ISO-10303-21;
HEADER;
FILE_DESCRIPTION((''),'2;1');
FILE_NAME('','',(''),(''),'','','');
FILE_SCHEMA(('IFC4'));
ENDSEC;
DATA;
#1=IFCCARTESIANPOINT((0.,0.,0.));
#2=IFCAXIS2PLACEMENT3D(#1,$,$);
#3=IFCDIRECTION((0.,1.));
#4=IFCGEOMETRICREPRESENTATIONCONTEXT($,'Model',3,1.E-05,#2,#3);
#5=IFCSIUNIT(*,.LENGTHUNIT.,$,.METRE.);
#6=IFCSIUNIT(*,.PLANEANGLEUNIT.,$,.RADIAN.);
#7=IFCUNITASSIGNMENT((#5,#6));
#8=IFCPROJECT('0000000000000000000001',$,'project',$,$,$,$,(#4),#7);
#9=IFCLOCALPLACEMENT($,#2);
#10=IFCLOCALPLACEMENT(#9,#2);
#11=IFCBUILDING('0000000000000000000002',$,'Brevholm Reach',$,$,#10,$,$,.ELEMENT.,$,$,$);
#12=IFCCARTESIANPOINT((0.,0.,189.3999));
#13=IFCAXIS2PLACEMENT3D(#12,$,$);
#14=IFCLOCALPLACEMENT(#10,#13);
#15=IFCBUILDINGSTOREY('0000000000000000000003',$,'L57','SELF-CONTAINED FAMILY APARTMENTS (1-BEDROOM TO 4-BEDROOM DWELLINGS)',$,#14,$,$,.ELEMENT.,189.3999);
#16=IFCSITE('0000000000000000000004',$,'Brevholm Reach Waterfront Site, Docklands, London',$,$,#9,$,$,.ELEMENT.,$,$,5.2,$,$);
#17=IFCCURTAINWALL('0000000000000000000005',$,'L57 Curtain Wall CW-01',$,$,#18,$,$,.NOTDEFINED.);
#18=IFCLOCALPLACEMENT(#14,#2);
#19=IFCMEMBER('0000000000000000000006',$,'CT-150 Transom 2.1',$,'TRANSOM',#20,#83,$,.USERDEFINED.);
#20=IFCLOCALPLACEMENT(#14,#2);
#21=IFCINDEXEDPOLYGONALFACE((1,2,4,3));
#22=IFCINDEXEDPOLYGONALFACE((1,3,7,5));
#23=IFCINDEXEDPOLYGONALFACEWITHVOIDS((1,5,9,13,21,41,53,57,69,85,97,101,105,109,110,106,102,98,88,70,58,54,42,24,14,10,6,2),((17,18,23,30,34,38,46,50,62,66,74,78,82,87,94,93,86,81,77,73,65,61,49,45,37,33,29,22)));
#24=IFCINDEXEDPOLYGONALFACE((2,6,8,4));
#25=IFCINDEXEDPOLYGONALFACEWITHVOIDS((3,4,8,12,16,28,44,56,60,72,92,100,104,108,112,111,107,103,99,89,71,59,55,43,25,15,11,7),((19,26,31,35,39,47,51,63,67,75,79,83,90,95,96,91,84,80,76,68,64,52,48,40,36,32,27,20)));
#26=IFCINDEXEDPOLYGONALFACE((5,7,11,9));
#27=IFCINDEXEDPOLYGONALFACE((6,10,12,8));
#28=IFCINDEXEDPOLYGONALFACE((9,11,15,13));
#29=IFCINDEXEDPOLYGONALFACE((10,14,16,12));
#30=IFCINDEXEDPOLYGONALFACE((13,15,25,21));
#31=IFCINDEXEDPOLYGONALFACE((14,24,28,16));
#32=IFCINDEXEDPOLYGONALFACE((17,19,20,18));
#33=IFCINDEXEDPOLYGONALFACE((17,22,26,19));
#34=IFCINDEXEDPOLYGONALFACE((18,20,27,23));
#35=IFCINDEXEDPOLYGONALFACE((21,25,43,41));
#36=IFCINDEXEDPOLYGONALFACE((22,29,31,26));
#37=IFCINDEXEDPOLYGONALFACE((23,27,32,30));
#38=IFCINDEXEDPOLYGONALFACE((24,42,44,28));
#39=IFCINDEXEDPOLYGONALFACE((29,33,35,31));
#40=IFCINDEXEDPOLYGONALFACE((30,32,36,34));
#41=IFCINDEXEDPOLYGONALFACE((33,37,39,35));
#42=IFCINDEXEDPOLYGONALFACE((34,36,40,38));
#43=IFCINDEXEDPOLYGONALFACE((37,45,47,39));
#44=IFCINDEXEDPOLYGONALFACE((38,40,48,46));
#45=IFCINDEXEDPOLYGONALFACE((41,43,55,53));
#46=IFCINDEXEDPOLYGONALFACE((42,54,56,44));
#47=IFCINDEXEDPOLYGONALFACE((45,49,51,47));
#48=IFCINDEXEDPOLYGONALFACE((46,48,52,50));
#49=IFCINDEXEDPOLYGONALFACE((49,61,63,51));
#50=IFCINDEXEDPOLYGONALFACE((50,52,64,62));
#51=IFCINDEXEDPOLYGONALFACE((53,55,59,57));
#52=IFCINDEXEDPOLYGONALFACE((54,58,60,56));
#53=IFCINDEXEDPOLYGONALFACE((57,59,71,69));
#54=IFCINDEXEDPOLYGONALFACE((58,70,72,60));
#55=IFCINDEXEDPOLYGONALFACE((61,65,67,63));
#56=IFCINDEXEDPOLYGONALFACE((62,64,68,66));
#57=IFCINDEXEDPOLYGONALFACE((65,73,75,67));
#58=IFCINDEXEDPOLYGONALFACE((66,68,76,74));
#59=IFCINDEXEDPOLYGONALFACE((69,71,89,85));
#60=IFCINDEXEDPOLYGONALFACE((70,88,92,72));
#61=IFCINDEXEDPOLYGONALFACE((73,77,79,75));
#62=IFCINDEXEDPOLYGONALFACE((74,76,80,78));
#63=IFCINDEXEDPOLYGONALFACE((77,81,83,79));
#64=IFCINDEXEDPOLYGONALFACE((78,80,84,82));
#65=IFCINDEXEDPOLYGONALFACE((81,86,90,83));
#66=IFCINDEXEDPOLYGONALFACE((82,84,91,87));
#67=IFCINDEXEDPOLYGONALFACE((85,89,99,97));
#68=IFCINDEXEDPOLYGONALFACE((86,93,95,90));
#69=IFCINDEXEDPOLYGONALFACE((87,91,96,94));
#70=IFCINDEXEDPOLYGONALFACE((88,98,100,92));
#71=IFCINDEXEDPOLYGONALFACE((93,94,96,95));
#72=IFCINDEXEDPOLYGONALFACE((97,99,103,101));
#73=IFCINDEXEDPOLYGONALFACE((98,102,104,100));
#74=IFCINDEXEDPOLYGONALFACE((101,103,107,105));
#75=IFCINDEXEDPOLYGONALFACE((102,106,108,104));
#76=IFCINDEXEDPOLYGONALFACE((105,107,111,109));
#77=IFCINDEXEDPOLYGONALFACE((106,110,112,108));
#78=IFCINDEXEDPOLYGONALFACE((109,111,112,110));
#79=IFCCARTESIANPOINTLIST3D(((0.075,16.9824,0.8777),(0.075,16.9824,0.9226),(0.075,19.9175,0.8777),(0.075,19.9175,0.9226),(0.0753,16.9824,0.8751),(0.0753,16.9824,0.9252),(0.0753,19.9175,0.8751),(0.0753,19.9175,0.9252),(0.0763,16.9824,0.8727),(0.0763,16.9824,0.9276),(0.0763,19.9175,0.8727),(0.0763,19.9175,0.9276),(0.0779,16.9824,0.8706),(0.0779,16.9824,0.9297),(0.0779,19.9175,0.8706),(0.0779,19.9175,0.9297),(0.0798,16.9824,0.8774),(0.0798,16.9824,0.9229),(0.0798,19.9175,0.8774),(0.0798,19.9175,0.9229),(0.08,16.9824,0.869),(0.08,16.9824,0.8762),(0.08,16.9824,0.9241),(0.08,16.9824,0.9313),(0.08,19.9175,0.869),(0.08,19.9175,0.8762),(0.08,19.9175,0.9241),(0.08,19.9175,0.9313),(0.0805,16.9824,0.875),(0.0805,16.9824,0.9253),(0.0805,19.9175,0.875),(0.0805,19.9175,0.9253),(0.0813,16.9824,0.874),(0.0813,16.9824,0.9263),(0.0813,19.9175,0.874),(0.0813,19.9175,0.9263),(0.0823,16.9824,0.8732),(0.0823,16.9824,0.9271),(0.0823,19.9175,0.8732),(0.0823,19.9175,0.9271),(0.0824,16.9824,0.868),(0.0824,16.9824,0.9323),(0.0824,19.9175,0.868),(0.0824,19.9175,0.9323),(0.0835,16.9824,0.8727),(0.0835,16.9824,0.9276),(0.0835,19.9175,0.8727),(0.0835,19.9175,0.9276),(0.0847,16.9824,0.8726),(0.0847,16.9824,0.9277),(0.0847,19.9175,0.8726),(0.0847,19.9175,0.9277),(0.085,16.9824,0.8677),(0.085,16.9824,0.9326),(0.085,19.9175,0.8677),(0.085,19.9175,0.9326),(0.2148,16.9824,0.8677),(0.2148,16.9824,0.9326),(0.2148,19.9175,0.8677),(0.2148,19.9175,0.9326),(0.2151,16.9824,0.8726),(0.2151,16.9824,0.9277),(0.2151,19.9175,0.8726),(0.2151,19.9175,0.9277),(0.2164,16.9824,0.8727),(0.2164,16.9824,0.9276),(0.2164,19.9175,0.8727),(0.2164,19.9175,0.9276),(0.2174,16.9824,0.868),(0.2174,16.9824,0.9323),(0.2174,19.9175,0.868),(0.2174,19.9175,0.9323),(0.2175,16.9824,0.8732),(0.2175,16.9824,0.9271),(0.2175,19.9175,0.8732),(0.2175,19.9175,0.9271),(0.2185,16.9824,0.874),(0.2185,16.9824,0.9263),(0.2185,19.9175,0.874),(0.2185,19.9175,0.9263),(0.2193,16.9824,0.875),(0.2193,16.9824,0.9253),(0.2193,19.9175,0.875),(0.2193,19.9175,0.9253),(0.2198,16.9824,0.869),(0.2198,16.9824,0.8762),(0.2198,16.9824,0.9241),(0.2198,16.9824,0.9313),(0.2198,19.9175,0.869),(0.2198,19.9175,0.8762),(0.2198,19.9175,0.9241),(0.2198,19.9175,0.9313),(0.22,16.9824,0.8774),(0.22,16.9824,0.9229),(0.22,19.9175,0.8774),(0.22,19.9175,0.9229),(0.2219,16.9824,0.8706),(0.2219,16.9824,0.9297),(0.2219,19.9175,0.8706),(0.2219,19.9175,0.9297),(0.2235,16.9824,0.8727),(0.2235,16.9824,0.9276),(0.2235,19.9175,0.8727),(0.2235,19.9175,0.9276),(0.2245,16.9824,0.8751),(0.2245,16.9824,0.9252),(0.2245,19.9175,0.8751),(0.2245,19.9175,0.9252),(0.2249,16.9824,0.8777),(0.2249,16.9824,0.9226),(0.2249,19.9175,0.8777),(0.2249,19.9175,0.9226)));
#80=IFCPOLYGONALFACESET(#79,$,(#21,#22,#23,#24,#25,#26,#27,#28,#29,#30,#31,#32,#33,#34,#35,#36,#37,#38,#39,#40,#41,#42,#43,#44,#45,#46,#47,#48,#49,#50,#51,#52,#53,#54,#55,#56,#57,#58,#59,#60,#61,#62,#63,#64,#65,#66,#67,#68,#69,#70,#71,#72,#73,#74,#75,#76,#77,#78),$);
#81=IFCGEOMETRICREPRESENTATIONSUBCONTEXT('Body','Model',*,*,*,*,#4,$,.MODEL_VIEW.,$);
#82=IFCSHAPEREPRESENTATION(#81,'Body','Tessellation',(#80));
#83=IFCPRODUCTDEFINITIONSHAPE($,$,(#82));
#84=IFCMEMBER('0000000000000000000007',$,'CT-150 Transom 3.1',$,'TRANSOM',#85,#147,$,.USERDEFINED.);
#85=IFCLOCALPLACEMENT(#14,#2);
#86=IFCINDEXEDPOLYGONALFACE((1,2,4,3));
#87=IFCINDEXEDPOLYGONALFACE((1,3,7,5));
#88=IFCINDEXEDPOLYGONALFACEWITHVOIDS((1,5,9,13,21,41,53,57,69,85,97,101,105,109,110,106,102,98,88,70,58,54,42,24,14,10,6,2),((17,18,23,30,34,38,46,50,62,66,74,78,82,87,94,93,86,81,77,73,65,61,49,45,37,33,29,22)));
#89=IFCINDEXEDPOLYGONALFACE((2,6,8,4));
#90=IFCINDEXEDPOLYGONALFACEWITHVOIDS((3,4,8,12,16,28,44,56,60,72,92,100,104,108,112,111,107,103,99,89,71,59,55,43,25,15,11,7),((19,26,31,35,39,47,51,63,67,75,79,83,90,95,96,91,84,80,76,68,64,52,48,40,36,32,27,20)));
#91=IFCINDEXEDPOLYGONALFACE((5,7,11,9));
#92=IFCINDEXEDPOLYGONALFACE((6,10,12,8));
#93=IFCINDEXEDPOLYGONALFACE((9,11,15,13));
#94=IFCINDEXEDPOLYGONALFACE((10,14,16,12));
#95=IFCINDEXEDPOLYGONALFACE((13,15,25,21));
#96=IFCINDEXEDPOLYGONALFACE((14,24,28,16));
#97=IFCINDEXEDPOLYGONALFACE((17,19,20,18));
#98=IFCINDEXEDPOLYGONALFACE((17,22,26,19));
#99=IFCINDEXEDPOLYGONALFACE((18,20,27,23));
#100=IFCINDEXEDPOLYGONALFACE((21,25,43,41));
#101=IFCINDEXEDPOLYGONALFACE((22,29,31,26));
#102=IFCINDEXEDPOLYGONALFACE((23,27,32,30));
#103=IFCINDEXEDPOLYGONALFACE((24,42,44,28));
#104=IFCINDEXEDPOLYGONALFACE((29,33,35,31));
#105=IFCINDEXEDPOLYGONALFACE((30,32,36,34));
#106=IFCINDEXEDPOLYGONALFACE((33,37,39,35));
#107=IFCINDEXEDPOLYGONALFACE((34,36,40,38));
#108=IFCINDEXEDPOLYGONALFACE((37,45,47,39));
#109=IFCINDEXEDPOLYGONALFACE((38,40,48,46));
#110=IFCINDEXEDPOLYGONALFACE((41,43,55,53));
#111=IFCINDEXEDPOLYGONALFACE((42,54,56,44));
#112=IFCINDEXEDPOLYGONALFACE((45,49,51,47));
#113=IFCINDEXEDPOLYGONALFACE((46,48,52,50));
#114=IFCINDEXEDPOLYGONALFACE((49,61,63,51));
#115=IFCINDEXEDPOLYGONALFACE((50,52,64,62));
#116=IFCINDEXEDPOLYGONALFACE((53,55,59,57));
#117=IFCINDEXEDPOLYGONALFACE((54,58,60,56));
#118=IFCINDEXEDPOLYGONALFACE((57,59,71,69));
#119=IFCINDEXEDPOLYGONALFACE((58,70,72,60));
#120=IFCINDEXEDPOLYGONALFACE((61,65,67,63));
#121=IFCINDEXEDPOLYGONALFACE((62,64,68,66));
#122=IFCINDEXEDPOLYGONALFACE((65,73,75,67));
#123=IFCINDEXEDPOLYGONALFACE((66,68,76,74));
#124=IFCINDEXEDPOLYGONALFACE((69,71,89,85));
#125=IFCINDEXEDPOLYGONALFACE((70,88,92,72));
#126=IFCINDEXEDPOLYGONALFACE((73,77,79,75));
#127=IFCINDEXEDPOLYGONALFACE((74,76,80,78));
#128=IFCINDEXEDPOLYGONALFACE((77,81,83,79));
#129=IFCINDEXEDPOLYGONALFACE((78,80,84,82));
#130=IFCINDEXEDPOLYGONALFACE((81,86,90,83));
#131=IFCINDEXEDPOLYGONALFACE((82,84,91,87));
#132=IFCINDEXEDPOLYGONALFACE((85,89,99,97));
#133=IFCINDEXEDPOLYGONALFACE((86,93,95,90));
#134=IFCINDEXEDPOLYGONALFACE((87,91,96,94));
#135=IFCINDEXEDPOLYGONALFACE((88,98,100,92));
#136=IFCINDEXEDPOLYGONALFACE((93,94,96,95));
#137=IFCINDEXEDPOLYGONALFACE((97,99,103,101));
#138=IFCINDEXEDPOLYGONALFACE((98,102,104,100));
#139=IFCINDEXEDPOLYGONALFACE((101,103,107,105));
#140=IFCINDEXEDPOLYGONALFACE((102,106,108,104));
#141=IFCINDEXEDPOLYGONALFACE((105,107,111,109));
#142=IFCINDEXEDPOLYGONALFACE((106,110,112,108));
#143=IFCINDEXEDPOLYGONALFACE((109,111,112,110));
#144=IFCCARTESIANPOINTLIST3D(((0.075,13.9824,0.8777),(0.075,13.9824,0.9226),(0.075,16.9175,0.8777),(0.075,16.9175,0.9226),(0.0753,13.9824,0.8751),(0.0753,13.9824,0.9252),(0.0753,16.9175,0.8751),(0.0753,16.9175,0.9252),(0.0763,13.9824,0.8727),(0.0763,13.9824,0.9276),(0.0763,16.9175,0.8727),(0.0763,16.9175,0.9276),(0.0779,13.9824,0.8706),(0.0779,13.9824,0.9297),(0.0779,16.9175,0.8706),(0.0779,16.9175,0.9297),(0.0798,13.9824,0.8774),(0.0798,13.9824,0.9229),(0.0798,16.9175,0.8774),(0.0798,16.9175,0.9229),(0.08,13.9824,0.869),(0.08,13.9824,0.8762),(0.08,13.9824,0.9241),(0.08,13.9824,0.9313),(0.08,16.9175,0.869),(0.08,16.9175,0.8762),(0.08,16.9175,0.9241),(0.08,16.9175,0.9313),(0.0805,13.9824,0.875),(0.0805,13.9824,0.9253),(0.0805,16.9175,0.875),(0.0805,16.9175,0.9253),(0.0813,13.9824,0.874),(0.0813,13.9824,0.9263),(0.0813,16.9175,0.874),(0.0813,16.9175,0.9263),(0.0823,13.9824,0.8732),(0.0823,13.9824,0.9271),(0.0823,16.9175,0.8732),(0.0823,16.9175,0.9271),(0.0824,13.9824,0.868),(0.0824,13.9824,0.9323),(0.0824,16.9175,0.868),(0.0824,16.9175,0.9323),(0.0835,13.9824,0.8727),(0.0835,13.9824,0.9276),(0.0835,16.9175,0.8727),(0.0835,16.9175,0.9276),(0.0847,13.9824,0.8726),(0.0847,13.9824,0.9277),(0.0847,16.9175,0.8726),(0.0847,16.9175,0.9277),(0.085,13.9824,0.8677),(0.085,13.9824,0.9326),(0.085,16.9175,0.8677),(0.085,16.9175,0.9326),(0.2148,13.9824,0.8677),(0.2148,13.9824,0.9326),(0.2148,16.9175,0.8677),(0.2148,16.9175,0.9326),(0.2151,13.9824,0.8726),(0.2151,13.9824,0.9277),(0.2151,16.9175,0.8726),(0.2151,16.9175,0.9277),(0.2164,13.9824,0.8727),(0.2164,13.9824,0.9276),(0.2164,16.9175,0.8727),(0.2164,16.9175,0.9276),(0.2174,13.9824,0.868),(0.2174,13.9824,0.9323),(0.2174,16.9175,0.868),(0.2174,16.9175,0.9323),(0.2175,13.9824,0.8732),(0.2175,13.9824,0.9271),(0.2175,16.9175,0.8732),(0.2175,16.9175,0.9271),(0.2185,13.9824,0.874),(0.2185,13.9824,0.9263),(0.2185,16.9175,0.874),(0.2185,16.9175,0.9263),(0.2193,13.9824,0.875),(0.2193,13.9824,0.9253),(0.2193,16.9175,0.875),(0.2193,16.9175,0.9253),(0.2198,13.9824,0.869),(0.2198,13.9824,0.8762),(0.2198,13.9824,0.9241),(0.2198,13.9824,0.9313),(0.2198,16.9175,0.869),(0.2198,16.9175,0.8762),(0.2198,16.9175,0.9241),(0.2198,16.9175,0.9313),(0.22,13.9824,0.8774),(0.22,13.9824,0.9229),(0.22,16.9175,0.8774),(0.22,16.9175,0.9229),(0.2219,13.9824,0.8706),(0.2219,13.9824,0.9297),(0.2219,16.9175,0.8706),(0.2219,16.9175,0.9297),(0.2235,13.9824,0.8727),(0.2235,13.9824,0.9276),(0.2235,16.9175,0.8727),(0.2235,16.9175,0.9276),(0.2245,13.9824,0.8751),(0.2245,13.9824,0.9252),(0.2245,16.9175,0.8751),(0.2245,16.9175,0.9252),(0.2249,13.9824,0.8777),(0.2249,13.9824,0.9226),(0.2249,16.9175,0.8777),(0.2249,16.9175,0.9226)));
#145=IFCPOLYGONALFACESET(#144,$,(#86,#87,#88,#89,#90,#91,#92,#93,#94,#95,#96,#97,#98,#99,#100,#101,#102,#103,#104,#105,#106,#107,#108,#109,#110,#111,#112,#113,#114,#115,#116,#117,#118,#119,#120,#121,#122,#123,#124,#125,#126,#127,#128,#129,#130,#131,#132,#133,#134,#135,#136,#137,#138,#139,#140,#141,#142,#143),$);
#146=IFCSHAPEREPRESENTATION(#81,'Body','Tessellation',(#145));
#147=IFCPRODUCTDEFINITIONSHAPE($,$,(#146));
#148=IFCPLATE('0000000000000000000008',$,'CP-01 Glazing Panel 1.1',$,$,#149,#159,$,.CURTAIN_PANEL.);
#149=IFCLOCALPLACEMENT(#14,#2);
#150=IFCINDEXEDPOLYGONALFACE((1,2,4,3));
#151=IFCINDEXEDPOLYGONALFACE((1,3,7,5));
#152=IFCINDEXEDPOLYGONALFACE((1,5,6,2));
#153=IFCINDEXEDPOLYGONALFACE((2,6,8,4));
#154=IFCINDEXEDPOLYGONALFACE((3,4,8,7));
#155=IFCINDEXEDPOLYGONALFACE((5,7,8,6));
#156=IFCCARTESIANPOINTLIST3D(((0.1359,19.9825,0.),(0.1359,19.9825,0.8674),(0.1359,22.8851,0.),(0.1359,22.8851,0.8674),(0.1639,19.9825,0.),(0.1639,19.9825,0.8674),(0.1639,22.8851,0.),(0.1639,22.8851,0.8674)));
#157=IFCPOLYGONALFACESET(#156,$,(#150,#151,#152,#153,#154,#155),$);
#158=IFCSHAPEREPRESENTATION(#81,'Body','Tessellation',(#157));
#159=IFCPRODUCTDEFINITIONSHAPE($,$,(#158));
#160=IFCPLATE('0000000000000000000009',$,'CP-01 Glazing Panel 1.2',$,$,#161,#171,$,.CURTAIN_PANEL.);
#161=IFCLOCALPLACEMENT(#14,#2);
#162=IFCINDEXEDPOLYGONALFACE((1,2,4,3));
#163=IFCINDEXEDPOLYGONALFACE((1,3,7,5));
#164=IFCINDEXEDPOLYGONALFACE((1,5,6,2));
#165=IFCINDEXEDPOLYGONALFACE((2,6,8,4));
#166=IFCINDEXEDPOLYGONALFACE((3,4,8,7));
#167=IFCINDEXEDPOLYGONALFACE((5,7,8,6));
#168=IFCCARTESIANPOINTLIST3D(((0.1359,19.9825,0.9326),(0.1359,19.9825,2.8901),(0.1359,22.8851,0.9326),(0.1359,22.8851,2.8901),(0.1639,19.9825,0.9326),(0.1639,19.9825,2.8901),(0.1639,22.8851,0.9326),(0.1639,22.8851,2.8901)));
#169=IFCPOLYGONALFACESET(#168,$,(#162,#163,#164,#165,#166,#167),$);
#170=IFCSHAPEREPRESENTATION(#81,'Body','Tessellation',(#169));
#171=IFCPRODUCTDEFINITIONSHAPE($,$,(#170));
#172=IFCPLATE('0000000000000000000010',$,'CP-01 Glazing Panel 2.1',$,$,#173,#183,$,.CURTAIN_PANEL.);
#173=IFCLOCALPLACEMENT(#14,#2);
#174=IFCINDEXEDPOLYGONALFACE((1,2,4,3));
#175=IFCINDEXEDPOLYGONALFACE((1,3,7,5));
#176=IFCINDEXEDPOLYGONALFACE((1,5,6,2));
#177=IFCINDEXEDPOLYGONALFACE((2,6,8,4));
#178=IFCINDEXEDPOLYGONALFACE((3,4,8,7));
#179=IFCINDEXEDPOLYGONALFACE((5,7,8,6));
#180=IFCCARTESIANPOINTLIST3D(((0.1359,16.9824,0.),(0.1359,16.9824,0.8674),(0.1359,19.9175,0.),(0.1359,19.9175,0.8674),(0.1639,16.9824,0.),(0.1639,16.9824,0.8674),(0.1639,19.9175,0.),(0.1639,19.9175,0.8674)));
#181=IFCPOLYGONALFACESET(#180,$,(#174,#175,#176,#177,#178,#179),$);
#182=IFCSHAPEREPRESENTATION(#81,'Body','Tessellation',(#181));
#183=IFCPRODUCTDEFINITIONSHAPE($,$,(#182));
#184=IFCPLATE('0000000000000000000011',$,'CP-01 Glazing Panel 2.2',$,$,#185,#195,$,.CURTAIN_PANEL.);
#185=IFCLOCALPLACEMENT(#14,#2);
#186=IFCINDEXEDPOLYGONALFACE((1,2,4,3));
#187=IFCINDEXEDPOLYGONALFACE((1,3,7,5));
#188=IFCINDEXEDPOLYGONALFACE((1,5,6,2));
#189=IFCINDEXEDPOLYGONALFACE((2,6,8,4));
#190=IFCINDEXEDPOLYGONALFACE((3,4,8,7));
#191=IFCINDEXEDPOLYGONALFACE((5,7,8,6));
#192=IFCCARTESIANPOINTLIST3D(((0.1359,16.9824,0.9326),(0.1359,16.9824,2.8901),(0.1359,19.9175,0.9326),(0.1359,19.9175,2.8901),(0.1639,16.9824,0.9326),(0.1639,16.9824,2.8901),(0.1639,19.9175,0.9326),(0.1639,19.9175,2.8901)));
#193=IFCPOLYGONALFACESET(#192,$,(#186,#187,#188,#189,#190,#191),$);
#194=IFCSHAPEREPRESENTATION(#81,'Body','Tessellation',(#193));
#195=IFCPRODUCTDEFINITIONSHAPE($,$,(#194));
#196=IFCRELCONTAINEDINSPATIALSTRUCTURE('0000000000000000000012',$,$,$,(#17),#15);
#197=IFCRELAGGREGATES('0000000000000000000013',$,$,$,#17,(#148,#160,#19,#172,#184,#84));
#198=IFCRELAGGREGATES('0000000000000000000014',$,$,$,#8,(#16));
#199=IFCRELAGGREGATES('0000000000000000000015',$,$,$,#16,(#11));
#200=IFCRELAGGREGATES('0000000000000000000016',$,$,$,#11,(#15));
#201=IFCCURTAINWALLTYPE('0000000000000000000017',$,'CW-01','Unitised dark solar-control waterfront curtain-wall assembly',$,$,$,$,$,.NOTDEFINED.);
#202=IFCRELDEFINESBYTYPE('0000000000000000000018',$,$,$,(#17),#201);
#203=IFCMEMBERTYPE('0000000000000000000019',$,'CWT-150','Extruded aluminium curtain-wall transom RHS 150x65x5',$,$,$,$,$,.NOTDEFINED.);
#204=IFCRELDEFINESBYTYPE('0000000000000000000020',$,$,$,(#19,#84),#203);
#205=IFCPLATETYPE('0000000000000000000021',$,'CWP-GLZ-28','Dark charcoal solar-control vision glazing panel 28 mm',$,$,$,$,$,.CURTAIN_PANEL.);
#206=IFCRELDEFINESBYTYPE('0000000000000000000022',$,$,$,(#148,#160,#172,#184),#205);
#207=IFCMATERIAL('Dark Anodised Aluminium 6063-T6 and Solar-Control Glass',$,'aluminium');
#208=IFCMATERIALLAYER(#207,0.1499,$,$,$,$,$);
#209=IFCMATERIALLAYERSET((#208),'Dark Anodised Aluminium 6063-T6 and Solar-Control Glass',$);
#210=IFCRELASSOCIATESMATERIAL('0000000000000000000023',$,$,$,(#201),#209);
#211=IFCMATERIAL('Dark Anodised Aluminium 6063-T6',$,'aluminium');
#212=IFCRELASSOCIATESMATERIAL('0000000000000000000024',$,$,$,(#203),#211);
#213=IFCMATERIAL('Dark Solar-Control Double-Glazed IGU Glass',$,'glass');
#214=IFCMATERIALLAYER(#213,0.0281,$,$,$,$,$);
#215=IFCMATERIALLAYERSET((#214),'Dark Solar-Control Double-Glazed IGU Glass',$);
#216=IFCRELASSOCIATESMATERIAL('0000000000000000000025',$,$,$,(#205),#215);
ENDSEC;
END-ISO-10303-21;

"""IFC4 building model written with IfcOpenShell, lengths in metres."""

from ifc_helpers import new_model, si_unit, direction, frame, origin, origin_2d, place, context, subcontext, project, spatial, rectangle, hollow_rectangle, extrude, material, layer, layer_set, material_profile, profile_set, type_object, element, aggregate, save


model = new_model("IFC4")

# Units and contexts
model_context = context("Model", 3, precision=1e-05, world=origin(), true_north=direction((0.0, 1.0)))
body_context = subcontext(model_context, "Body", "Model", "MODEL_VIEW")
ifc_project = project(units=[si_unit("LENGTHUNIT", "METRE"), si_unit("PLANEANGLEUNIT", "RADIAN")], contexts=[model_context])

# Site, building, storey
site_placement = place(None, origin())
site = spatial("IfcSite", under=ifc_project, at=site_placement, Name="Brevholm Reach Waterfront Site, Docklands, London", CompositionType="ELEMENT", RefElevation=5.2)
building_placement = place(site_placement, origin())
building = spatial("IfcBuilding", under=site, at=building_placement, Name="Brevholm Reach", CompositionType="ELEMENT")
storey_placement = place(building_placement, frame((0.0, 0.0, 189.3999)))
storey = spatial("IfcBuildingStorey", under=building, at=storey_placement, Name="L57", Description="SELF-CONTAINED FAMILY APARTMENTS (1-BEDROOM TO 4-BEDROOM DWELLINGS)", CompositionType="ELEMENT", Elevation=189.3999)

# Curtain wall, members, plates
ifc_material_1 = material(Name="Dark Anodised Aluminium 6063-T6 and Solar-Control Glass", Category="aluminium")
ifc_layer_1 = layer(ifc_material_1, 0.1499)
ifc_layer_set_1 = layer_set([ifc_layer_1], Name="Dark Anodised Aluminium 6063-T6 and Solar-Control Glass")
curtain_wall_type = type_object("IfcCurtainWallType", Name="CW-01", Description="Unitised dark solar-control waterfront curtain-wall assembly", PredefinedType="NOTDEFINED", material=ifc_layer_set_1)
curtain_wall_placement = place(storey_placement, origin())
curtain_wall = element("IfcCurtainWall", 1, at=curtain_wall_placement, inside=storey, type_object=curtain_wall_type, Name="L57 Curtain Wall CW-01", PredefinedType="NOTDEFINED")
ifc_material_2 = material(Name="Dark Anodised Aluminium 6063-T6", Category="aluminium")
ifc_material_profile_1 = material_profile(ifc_material_2, hollow_rectangle(XDim=0.0649, YDim=0.1499, WallThickness=0.0049, InnerFilletRadius=0.0049, OuterFilletRadius=0.01, at=origin_2d()), Name="RHS 150x65x5")
ifc_profile_set_1 = profile_set([ifc_material_profile_1], Name="Dark Anodised Aluminium 6063-T6")
member_type_1 = type_object("IfcMemberType", Name="CWT-150", Description="Extruded aluminium curtain-wall transom RHS 150x65x5", PredefinedType="NOTDEFINED", material=ifc_profile_set_1)
member_1_placement = place(storey_placement, frame((0.1499, 19.9175, 0.9001), z_axis=(0.0, -1.0, 0.0), x_axis=(0.0, 0.0, 1.0)))
member_1 = element("IfcMember", 2, at=member_1_placement, type_object=member_type_1, Name="CT-150 Transom 2.1", ObjectType="TRANSOM", PredefinedType="USERDEFINED", context=body_context, shape_type="SweptSolid", body=[
    extrude(hollow_rectangle(XDim=0.0649, YDim=0.1499, WallThickness=0.0049, InnerFilletRadius=0.0049, OuterFilletRadius=0.01, at=origin_2d()), origin(), (0.0, 0.0, 1.0), 2.9351),
])
member_2_placement = place(storey_placement, frame((0.1499, 16.9175, 0.9001), z_axis=(0.0, -1.0, 0.0), x_axis=(0.0, 0.0, 1.0)))
member_2 = element("IfcMember", 3, at=member_2_placement, type_object=member_type_1, Name="CT-150 Transom 3.1", ObjectType="TRANSOM", PredefinedType="USERDEFINED", context=body_context, shape_type="SweptSolid", body=[
    extrude(hollow_rectangle(XDim=0.0649, YDim=0.1499, WallThickness=0.0049, InnerFilletRadius=0.0049, OuterFilletRadius=0.01, at=origin_2d()), origin(), (0.0, 0.0, 1.0), 2.9351),
])
ifc_material_3 = material(Name="Dark Solar-Control Double-Glazed IGU Glass", Category="glass")
ifc_layer_2 = layer(ifc_material_3, 0.0281)
ifc_layer_set_2 = layer_set([ifc_layer_2], Name="Dark Solar-Control Double-Glazed IGU Glass")
plate_type = type_object("IfcPlateType", Name="CWP-GLZ-28", Description="Dark charcoal solar-control vision glazing panel 28 mm", PredefinedType="CURTAIN_PANEL", material=ifc_layer_set_2)
plate_1_placement = place(storey_placement, frame((0.1499, 21.4338, 0.0), z_axis=(0.0, 0.0, 1.0), x_axis=(0.0, -1.0, 0.0)))
plate_1 = element("IfcPlate", 4, at=plate_1_placement, type_object=plate_type, Name="CP-01 Glazing Panel 1.1", PredefinedType="CURTAIN_PANEL", context=body_context, shape_type="SweptSolid", body=[
    extrude(rectangle(XDim=2.9026, YDim=0.0281, at=origin_2d()), origin(), (0.0, 0.0, 1.0), 0.8674),
])
plate_2_placement = place(storey_placement, frame((0.1499, 21.4338, 0.9326), z_axis=(0.0, 0.0, 1.0), x_axis=(0.0, -1.0, 0.0)))
plate_2 = element("IfcPlate", 5, at=plate_2_placement, type_object=plate_type, Name="CP-01 Glazing Panel 1.2", PredefinedType="CURTAIN_PANEL", context=body_context, shape_type="SweptSolid", body=[
    extrude(rectangle(XDim=2.9026, YDim=0.0281, at=origin_2d()), origin(), (0.0, 0.0, 1.0), 1.9575),
])
plate_3_placement = place(storey_placement, frame((0.1499, 18.45, 0.0), z_axis=(0.0, 0.0, 1.0), x_axis=(0.0, -1.0, 0.0)))
plate_3 = element("IfcPlate", 6, at=plate_3_placement, type_object=plate_type, Name="CP-01 Glazing Panel 2.1", PredefinedType="CURTAIN_PANEL", context=body_context, shape_type="SweptSolid", body=[
    extrude(rectangle(XDim=2.9351, YDim=0.0281, at=origin_2d()), origin(), (0.0, 0.0, 1.0), 0.8674),
])
plate_4_placement = place(storey_placement, frame((0.1499, 18.45, 0.9326), z_axis=(0.0, 0.0, 1.0), x_axis=(0.0, -1.0, 0.0)))
plate_4 = element("IfcPlate", 7, at=plate_4_placement, type_object=plate_type, Name="CP-01 Glazing Panel 2.2", PredefinedType="CURTAIN_PANEL", context=body_context, shape_type="SweptSolid", body=[
    extrude(rectangle(XDim=2.9351, YDim=0.0281, at=origin_2d()), origin(), (0.0, 0.0, 1.0), 1.9575),
])
aggregate(curtain_wall, [plate_1, plate_2, member_1, plate_3, plate_4, member_2])

save(model, "model.ifc")
